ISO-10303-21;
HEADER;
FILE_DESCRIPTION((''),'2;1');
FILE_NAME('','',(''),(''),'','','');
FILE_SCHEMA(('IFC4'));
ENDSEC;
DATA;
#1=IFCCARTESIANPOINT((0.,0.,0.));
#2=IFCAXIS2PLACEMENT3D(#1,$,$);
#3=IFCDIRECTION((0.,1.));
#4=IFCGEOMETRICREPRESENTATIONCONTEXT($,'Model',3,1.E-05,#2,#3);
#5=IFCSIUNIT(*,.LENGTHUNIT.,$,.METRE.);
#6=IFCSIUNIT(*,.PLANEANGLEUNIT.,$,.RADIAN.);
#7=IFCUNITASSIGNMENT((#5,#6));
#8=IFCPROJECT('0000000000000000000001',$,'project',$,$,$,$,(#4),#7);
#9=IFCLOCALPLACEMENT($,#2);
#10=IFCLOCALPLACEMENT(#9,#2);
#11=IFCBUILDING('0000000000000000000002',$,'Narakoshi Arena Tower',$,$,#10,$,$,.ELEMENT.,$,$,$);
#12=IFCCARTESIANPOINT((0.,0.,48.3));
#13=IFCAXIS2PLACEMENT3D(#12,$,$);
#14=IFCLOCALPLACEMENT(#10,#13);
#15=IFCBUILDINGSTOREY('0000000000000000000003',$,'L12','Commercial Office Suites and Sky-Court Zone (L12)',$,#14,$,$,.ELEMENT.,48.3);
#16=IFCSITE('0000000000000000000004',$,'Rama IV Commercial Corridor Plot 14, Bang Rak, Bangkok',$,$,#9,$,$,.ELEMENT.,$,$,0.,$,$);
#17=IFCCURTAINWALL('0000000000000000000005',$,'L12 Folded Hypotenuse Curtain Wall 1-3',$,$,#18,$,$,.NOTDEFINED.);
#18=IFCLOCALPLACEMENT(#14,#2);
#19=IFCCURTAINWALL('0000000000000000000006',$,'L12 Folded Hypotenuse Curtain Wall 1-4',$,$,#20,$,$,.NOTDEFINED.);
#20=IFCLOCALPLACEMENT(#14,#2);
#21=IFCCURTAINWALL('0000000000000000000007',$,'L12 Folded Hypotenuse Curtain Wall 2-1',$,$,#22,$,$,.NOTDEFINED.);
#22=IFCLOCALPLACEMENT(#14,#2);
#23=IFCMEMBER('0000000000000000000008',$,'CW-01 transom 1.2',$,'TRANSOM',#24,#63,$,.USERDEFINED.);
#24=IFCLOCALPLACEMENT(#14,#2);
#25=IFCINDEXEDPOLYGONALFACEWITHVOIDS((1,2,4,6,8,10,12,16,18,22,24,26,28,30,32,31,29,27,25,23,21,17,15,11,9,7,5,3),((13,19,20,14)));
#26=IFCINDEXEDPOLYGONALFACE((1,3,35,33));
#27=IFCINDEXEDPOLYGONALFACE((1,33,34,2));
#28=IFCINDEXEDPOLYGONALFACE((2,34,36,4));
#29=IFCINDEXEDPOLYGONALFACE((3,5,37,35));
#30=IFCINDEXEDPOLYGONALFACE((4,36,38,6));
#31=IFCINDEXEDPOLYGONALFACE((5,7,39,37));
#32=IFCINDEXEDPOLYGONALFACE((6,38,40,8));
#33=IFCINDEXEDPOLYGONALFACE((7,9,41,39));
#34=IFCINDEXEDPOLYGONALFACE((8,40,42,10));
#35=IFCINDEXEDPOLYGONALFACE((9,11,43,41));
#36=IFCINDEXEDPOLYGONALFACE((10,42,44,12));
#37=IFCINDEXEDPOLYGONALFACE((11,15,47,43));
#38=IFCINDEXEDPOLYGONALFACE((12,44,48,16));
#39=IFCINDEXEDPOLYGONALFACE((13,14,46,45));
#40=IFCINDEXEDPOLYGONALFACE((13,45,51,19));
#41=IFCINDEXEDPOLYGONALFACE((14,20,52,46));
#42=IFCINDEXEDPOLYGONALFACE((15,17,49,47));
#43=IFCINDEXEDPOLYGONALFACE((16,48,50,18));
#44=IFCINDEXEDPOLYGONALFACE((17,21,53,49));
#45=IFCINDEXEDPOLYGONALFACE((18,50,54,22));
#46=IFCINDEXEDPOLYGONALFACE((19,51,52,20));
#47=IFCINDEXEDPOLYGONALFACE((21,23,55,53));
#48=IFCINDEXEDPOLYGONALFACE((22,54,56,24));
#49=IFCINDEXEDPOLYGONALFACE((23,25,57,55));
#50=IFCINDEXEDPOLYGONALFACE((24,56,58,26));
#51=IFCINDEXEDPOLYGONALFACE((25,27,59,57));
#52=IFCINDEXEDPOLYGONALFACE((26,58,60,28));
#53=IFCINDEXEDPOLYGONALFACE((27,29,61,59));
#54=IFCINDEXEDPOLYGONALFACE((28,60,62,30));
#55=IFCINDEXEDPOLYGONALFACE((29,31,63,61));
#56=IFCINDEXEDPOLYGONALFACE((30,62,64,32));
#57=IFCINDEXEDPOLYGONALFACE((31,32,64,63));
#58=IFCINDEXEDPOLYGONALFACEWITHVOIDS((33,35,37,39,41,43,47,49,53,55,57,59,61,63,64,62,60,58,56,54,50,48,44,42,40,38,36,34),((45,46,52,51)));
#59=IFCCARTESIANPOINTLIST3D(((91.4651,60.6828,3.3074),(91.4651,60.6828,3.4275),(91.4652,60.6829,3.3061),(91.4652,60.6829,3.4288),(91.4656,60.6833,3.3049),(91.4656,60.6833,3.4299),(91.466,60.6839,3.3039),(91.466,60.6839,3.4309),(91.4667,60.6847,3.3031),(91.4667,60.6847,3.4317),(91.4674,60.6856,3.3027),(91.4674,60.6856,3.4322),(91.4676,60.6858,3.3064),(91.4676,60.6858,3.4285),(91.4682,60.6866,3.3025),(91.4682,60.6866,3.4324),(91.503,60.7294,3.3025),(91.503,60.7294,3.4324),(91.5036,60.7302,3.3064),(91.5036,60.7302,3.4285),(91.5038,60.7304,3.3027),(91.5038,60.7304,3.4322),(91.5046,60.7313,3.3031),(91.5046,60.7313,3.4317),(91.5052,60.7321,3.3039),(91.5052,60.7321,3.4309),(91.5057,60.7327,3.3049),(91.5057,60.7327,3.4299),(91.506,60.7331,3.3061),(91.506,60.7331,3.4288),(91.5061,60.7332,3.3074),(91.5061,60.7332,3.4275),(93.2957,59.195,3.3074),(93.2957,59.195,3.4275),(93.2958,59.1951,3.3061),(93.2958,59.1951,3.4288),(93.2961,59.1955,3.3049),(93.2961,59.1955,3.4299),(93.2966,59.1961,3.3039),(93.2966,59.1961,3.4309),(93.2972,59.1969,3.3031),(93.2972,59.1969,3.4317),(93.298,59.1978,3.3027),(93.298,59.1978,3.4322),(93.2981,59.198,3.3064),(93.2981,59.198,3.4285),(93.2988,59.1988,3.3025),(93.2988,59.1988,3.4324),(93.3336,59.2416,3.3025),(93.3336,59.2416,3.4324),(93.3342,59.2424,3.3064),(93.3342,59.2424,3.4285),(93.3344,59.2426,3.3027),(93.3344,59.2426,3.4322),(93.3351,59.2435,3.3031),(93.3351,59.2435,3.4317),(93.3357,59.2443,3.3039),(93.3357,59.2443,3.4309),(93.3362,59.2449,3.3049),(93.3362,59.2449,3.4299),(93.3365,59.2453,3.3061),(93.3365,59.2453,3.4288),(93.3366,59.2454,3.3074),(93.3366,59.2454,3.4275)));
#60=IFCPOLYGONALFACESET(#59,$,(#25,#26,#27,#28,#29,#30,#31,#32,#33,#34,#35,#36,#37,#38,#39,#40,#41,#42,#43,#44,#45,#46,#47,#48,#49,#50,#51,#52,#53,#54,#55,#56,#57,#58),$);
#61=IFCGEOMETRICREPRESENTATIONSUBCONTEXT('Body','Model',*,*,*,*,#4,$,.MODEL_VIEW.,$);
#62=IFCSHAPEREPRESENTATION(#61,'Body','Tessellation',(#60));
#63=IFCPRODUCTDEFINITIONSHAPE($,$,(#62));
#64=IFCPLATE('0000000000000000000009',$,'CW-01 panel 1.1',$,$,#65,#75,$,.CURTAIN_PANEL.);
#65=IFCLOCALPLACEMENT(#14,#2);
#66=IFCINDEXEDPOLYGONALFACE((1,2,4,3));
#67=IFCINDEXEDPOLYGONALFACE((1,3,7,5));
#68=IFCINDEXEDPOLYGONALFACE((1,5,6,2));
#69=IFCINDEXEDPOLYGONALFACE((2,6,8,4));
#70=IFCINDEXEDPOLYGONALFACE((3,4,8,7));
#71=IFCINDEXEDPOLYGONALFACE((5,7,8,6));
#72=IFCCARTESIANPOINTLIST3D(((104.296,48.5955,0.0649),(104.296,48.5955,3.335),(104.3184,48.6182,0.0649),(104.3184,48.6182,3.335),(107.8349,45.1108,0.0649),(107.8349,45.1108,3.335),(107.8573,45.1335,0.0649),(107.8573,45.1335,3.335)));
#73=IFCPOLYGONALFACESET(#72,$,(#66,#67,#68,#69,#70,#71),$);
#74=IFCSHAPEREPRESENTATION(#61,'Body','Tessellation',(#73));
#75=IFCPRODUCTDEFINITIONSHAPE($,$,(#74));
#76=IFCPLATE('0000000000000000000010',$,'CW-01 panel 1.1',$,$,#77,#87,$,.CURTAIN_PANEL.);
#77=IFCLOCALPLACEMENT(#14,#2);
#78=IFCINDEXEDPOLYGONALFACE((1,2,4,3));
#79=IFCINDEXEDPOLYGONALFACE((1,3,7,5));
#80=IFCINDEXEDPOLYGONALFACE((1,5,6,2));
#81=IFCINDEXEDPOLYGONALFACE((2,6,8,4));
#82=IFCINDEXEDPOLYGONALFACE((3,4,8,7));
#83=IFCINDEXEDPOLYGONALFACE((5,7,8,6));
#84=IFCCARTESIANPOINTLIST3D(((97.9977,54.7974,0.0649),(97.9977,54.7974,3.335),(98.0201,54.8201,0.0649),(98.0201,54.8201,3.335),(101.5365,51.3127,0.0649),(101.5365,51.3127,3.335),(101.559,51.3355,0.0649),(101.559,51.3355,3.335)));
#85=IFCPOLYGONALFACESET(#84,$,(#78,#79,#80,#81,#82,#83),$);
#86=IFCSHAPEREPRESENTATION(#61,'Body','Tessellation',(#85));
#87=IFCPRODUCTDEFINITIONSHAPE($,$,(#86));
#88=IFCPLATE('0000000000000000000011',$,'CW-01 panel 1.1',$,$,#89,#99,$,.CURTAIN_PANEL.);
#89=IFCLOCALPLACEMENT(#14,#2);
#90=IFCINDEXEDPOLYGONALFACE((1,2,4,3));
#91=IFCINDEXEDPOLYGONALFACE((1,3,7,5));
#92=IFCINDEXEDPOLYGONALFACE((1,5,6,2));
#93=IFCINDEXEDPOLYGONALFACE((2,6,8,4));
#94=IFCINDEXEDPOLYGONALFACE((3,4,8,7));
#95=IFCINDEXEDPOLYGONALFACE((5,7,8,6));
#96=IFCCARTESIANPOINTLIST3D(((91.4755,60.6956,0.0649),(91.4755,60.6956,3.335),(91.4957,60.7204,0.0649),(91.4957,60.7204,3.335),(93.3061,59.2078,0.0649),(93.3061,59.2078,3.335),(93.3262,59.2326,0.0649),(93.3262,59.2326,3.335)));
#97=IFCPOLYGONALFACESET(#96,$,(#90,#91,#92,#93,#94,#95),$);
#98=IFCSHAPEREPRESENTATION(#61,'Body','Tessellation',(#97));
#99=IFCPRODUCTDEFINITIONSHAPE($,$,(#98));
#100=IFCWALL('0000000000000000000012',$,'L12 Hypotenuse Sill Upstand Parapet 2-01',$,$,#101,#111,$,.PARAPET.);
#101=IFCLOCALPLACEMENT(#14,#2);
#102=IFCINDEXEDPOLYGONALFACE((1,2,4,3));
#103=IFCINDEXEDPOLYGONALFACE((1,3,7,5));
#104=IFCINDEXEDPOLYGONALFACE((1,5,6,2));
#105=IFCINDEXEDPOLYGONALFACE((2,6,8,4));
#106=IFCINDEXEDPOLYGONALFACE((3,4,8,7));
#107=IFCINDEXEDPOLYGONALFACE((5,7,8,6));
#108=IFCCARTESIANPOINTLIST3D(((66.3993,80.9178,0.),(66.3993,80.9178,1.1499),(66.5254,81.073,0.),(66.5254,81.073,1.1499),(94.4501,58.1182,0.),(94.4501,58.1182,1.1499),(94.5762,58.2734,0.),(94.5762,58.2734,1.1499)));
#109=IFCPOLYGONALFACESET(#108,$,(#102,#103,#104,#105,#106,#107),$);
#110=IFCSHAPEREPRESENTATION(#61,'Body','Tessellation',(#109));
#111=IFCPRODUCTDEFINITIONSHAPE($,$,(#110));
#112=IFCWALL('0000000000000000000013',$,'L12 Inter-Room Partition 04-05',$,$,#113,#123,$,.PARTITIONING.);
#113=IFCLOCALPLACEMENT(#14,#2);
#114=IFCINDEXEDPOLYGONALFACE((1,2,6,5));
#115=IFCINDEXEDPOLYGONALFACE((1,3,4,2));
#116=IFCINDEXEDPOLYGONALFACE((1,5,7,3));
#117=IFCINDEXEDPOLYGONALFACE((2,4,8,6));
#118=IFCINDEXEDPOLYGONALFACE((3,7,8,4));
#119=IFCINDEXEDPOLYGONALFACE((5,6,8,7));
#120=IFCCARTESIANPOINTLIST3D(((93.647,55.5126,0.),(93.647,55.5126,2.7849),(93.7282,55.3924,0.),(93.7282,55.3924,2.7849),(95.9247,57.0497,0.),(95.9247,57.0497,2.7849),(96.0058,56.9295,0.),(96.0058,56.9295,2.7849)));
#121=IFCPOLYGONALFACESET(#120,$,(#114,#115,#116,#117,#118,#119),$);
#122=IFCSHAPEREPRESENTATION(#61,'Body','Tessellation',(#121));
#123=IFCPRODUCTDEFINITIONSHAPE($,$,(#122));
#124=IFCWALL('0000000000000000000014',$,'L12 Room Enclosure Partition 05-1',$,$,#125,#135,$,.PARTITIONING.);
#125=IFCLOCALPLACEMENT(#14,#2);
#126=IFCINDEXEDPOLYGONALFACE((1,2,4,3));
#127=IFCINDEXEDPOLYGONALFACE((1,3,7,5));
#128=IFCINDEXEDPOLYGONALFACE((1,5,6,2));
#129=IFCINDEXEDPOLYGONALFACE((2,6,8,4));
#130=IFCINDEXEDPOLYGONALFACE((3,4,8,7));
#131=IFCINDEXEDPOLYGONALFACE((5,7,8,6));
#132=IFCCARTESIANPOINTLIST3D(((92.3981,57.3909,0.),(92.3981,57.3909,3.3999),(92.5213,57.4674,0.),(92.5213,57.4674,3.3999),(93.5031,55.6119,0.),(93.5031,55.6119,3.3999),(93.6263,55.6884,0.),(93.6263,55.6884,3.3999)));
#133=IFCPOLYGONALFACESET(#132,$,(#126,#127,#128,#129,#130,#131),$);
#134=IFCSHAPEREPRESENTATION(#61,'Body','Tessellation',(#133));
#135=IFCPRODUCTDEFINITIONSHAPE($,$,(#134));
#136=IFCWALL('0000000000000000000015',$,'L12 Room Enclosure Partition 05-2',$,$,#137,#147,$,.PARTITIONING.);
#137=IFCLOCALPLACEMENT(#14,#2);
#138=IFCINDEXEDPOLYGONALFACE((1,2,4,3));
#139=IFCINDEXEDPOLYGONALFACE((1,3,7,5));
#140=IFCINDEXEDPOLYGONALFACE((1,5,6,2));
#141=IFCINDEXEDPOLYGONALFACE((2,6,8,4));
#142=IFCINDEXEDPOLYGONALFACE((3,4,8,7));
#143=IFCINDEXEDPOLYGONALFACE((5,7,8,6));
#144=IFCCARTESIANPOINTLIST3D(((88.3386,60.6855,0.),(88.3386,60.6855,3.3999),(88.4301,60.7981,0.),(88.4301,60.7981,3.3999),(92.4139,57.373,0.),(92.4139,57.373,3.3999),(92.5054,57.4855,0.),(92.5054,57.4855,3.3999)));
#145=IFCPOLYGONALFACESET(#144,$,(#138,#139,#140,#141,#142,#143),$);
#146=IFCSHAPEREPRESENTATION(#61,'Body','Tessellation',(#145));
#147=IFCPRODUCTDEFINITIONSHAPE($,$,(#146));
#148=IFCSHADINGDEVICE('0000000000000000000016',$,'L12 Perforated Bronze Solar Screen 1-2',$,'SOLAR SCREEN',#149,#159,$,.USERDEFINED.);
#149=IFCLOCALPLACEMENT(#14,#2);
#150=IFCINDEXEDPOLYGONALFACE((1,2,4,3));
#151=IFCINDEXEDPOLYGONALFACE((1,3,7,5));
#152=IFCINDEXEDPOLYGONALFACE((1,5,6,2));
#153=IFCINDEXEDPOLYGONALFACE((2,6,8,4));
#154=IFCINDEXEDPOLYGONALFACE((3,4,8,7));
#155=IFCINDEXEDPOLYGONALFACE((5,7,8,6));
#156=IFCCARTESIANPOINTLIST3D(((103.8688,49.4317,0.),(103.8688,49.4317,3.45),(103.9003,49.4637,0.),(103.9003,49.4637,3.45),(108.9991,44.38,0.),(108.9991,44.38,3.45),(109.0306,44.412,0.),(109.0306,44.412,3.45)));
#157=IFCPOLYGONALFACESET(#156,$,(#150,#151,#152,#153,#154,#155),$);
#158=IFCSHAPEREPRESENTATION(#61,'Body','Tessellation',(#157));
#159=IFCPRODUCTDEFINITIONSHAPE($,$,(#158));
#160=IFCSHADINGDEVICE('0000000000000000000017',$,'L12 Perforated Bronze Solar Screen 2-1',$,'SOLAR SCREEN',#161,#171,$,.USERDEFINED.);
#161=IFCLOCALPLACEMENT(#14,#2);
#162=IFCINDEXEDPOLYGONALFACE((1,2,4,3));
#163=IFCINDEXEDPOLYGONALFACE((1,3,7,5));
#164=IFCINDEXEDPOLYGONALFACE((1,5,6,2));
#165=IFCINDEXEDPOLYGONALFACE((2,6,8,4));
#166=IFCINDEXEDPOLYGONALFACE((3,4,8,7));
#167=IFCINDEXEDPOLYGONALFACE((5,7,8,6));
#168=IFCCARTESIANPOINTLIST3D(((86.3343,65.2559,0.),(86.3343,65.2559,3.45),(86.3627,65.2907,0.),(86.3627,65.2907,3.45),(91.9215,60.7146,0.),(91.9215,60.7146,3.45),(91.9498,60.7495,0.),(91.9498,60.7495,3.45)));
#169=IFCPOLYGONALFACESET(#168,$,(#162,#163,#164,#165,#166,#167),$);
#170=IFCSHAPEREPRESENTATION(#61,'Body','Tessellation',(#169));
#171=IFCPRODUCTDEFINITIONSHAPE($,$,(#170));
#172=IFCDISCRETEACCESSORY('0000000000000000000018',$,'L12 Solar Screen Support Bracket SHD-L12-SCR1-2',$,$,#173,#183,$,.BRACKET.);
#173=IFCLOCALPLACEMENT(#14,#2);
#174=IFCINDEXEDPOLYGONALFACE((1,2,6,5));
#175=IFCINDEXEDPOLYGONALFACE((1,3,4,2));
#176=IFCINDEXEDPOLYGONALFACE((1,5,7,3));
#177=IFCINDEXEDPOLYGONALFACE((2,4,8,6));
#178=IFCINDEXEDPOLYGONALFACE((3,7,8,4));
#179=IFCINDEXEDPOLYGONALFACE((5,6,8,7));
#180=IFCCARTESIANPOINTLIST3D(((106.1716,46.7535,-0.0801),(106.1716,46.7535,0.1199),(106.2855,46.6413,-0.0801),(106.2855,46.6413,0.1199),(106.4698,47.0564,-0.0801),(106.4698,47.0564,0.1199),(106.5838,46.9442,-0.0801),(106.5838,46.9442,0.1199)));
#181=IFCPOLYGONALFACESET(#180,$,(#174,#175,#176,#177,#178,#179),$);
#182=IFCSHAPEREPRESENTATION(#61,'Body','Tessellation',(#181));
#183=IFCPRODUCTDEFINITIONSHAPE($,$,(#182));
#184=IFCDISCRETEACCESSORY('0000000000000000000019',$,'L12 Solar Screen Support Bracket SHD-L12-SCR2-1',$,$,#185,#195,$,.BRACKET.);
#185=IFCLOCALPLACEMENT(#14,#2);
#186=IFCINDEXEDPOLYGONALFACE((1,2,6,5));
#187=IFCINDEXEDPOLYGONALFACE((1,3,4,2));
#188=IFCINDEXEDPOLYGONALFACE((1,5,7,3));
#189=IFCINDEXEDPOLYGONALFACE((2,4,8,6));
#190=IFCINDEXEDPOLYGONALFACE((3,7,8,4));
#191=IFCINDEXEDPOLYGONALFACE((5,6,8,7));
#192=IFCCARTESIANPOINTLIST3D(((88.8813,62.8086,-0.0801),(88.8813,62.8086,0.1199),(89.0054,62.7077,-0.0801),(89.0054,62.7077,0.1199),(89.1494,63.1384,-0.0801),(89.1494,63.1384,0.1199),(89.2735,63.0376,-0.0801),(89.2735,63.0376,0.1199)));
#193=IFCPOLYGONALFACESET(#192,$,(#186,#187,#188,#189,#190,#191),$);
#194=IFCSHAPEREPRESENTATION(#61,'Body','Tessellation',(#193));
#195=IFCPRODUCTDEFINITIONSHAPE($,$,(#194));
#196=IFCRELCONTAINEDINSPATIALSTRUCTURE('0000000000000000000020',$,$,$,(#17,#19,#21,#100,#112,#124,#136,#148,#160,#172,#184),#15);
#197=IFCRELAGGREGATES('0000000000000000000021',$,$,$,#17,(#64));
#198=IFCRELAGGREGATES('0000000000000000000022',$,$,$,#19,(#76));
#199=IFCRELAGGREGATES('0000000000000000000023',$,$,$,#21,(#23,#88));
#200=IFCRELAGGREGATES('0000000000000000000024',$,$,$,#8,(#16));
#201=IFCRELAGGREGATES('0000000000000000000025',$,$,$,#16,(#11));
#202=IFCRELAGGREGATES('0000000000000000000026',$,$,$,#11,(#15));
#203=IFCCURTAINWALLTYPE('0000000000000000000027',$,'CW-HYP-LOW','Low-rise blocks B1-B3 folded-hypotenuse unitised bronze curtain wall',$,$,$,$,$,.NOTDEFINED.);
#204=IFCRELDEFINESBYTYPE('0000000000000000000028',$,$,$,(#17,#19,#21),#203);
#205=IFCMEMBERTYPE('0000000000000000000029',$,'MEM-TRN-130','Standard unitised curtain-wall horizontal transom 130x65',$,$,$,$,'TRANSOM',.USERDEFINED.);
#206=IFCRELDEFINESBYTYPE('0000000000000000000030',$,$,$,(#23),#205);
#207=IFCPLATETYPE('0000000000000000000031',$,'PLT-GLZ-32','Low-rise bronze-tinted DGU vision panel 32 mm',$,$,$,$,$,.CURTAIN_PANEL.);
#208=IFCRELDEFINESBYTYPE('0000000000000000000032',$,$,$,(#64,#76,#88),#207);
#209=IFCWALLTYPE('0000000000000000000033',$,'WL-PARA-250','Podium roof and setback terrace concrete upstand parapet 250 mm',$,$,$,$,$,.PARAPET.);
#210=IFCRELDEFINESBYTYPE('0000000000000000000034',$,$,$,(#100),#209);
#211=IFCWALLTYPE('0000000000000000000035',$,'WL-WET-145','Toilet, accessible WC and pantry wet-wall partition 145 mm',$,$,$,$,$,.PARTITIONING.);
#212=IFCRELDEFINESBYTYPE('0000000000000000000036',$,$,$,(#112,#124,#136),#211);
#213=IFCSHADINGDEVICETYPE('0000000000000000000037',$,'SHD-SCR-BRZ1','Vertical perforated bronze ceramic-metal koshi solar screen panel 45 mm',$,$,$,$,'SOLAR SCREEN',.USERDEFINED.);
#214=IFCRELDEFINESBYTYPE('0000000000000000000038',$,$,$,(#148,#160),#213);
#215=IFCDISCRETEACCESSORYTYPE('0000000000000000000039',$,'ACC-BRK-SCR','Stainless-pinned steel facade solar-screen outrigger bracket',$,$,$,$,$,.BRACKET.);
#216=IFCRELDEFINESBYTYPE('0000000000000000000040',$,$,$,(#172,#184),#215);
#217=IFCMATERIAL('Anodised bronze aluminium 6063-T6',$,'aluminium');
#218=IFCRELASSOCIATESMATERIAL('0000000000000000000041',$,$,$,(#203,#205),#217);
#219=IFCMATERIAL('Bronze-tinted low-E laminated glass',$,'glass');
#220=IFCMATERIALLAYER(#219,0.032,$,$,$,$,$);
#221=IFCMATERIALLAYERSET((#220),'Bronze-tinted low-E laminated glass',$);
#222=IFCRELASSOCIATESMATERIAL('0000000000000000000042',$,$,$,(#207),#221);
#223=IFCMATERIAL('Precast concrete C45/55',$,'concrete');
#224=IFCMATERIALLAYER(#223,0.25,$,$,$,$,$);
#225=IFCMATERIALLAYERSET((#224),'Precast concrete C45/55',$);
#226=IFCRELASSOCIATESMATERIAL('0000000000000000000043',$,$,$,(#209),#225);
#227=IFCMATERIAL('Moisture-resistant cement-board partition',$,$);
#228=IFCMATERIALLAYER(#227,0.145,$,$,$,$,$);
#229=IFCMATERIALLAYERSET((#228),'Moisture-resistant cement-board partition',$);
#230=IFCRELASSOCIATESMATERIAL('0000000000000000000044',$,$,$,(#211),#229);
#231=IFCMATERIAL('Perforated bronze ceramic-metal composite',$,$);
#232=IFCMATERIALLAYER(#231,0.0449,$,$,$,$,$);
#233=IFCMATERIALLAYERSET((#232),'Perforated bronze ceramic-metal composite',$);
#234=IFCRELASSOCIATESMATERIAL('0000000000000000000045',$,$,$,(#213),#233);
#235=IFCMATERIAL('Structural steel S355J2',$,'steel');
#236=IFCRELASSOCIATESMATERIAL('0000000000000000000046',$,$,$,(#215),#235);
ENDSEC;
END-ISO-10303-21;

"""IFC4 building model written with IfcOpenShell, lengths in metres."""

from ifc_helpers import new_model, si_unit, direction, frame, frame_2d, origin, origin_2d, place, context, subcontext, project, spatial, rectangle, hollow_rectangle, extrude, material, layer, layer_set, material_profile, profile_set, type_object, element, aggregate, save


model = new_model("IFC4")

# Units and contexts
model_context = context("Model", 3, precision=1e-05, world=origin(), true_north=direction((0.0, 1.0)))
body_context = subcontext(model_context, "Body", "Model", "MODEL_VIEW")
ifc_project = project(units=[si_unit("LENGTHUNIT", "METRE"), si_unit("PLANEANGLEUNIT", "RADIAN")], contexts=[model_context])

# Site, building, storey
site_placement = place(None, origin())
site = spatial("IfcSite", under=ifc_project, at=site_placement, Name="Rama IV Commercial Corridor Plot 14, Bang Rak, Bangkok", CompositionType="ELEMENT", RefElevation=0.0)
building_placement = place(site_placement, origin())
building = spatial("IfcBuilding", under=site, at=building_placement, Name="Narakoshi Arena Tower", CompositionType="ELEMENT")
storey_placement = place(building_placement, frame((0.0, 0.0, 48.3)))
storey = spatial("IfcBuildingStorey", under=building, at=storey_placement, Name="L12", Description="Commercial Office Suites and Sky-Court Zone (L12)", CompositionType="ELEMENT", Elevation=48.3)

# Shared definitions
ifc_material_1 = material(Name="Structural steel S355J2", Category="steel")

# Curtain walls
ifc_material_2 = material(Name="Anodised bronze aluminium 6063-T6", Category="aluminium")
curtain_wall_type = type_object("IfcCurtainWallType", Name="CW-HYP-LOW", Description="Low-rise blocks B1-B3 folded-hypotenuse unitised bronze curtain wall", PredefinedType="NOTDEFINED", material=ifc_material_2)
curtain_wall_1_placement = place(storey_placement, origin())
curtain_wall_1 = element("IfcCurtainWall", 1, at=curtain_wall_1_placement, inside=storey, type_object=curtain_wall_type, Name="L12 Folded Hypotenuse Curtain Wall 1-3", PredefinedType="NOTDEFINED")
curtain_wall_2_placement = place(storey_placement, origin())
curtain_wall_2 = element("IfcCurtainWall", 2, at=curtain_wall_2_placement, inside=storey, type_object=curtain_wall_type, Name="L12 Folded Hypotenuse Curtain Wall 1-4", PredefinedType="NOTDEFINED")
curtain_wall_3_placement = place(storey_placement, origin())
curtain_wall_3 = element("IfcCurtainWall", 3, at=curtain_wall_3_placement, inside=storey, type_object=curtain_wall_type, Name="L12 Folded Hypotenuse Curtain Wall 2-1", PredefinedType="NOTDEFINED")

# Member
ifc_material_profile_1 = material_profile(ifc_material_2, hollow_rectangle(XDim=0.0649, YDim=0.1299, WallThickness=0.0039, OuterFilletRadius=0.0049, at=origin_2d()), Name="TRN130x65x4")
ifc_profile_set_1 = profile_set([ifc_material_profile_1], Name="Anodised bronze aluminium 6063-T6")
member_type_1 = type_object("IfcMemberType", Name="MEM-TRN-130", Description="Standard unitised curtain-wall horizontal transom 130x65", ElementType="TRANSOM", PredefinedType="USERDEFINED", material=ifc_profile_set_1)
member_1_placement = place(storey_placement, frame((93.3162, 59.2202, 3.3674), z_axis=(-0.776019, 0.63071, 0.0), x_axis=(-0.63071, -0.776019, 0.0)))
member_1 = element("IfcMember", 4, at=member_1_placement, type_object=member_type_1, Name="CW-01 transom 1.2", ObjectType="TRANSOM", PredefinedType="USERDEFINED", context=body_context, shape_type="SweptSolid", body=[
    extrude(hollow_rectangle(XDim=0.0649, YDim=0.1299, WallThickness=0.0039, OuterFilletRadius=0.0049, at=origin_2d()), origin(), (0.0, 0.0, 1.0), 2.3589),
])

# Plates
ifc_material_3 = material(Name="Bronze-tinted low-E laminated glass", Category="glass")
ifc_layer_1 = layer(ifc_material_3, 0.032)
ifc_layer_set_1 = layer_set([ifc_layer_1], Name="Bronze-tinted low-E laminated glass")
plate_type = type_object("IfcPlateType", Name="PLT-GLZ-32", Description="Low-rise bronze-tinted DGU vision panel 32 mm", PredefinedType="CURTAIN_PANEL", material=ifc_layer_set_1)
plate_1_placement = place(storey_placement, frame((106.0767, 46.8645, 0.0649), z_axis=(0.0, 0.0, 1.0), x_axis=(-0.712539, 0.701633, 0.0)))
plate_1 = element("IfcPlate", 5, at=plate_1_placement, type_object=plate_type, Name="CW-01 panel 1.1", PredefinedType="CURTAIN_PANEL", context=body_context, shape_type="SweptSolid", body=[
    extrude(rectangle(XDim=4.9666, YDim=0.032, at=origin_2d()), origin(), (0.0, 0.0, 1.0), 3.27),
])
aggregate(curtain_wall_1, [plate_1])
plate_2_placement = place(storey_placement, frame((99.7783, 53.0664, 0.0649), z_axis=(0.0, 0.0, 1.0), x_axis=(-0.712539, 0.701633, 0.0)))
plate_2 = element("IfcPlate", 6, at=plate_2_placement, type_object=plate_type, Name="CW-01 panel 1.1", PredefinedType="CURTAIN_PANEL", context=body_context, shape_type="SweptSolid", body=[
    extrude(rectangle(XDim=4.9666, YDim=0.032, at=origin_2d()), origin(), (0.0, 0.0, 1.0), 3.27),
])
aggregate(curtain_wall_2, [plate_2])
plate_3_placement = place(storey_placement, frame((92.4009, 59.9641, 0.0649), z_axis=(0.0, 0.0, 1.0), x_axis=(-0.776008, 0.630723, 0.0)))
plate_3 = element("IfcPlate", 7, at=plate_3_placement, type_object=plate_type, Name="CW-01 panel 1.1", PredefinedType="CURTAIN_PANEL", context=body_context, shape_type="SweptSolid", body=[
    extrude(rectangle(XDim=2.3589, YDim=0.032, at=origin_2d()), origin(), (0.0, 0.0, 1.0), 3.27),
])
aggregate(curtain_wall_3, [member_1, plate_3])

# Walls
ifc_material_4 = material(Name="Precast concrete C45/55", Category="concrete")
ifc_layer_2 = layer(ifc_material_4, 0.25)
ifc_layer_set_2 = layer_set([ifc_layer_2], Name="Precast concrete C45/55")
wall_type_1 = type_object("IfcWallType", Name="WL-PARA-250", Description="Podium roof and setback terrace concrete upstand parapet 250 mm", PredefinedType="PARAPET", material=ifc_layer_set_2)
wall_1_placement = place(storey_placement, frame((94.5132, 58.1958, 0.0), z_axis=(0.0, 0.0, 1.0), x_axis=(-0.776002, 0.630731, 0.0)))
element("IfcWall", 8, at=wall_1_placement, inside=storey, type_object=wall_type_1, Name="L12 Hypotenuse Sill Upstand Parapet 2-01", PredefinedType="PARAPET", context=body_context, shape_type="SweptSolid", body=[
    extrude(rectangle(XDim=36.1479, YDim=0.2, at=frame_2d((18.074, 0.0))), origin(), (0.0, 0.0, 1.0), 1.1499),
])
ifc_material_5 = material(Name="Moisture-resistant cement-board partition")
ifc_layer_3 = layer(ifc_material_5, 0.145)
ifc_layer_set_3 = layer_set([ifc_layer_3], Name="Moisture-resistant cement-board partition")
wall_type_2 = type_object("IfcWallType", Name="WL-WET-145", Description="Toilet, accessible WC and pantry wet-wall partition 145 mm", PredefinedType="PARTITIONING", material=ifc_layer_set_3)
wall_2_placement = place(storey_placement, frame((93.6875, 55.4524, 0.0), z_axis=(0.0, 0.0, 1.0), x_axis=(0.828893, 0.559407, 0.0)))
element("IfcWall", 9, at=wall_2_placement, inside=storey, type_object=wall_type_2, Name="L12 Inter-Room Partition 04-05", PredefinedType="PARTITIONING", context=body_context, shape_type="SweptSolid", body=[
    extrude(rectangle(XDim=2.7478, YDim=0.145, at=frame_2d((1.374, 0.0))), origin(), (0.0, 0.0, 1.0), 2.7849),
])
wall_3_placement = place(storey_placement, frame((93.5647, 55.6501, 0.0), z_axis=(0.0, 0.0, 1.0), x_axis=(-0.527618, 0.849482, 0.0)))
element("IfcWall", 10, at=wall_3_placement, inside=storey, type_object=wall_type_2, Name="L12 Room Enclosure Partition 05-1", PredefinedType="PARTITIONING", context=body_context, shape_type="SweptSolid", body=[
    extrude(rectangle(XDim=2.0942, YDim=0.145, at=frame_2d((1.0471, 0.0))), origin(), (0.0, 0.0, 1.0), 3.3999),
])
wall_4_placement = place(storey_placement, frame((92.4597, 57.4292, 0.0), z_axis=(0.0, 0.0, 1.0), x_axis=(-0.775983, 0.630754, 0.0)))
element("IfcWall", 11, at=wall_4_placement, inside=storey, type_object=wall_type_2, Name="L12 Room Enclosure Partition 05-2", PredefinedType="PARTITIONING", context=body_context, shape_type="SweptSolid", body=[
    extrude(rectangle(XDim=5.2517, YDim=0.145, at=frame_2d((2.626, 0.0))), origin(), (0.0, 0.0, 1.0), 3.3999),
])

# Shading devices
ifc_material_6 = material(Name="Perforated bronze ceramic-metal composite")
ifc_layer_4 = layer(ifc_material_6, 0.0449)
ifc_layer_set_4 = layer_set([ifc_layer_4], Name="Perforated bronze ceramic-metal composite")
shading_device_type = type_object("IfcShadingDeviceType", Name="SHD-SCR-BRZ1", Description="Vertical perforated bronze ceramic-metal koshi solar screen panel 45 mm", ElementType="SOLAR SCREEN", PredefinedType="USERDEFINED", material=ifc_layer_set_4)
for number, where, z_axis, x_axis, name in (
    (12, (106.4497, 46.9219, 0.0), (0.0, 0.0, 1.0), (-0.712541, 0.701631, 0.0), "L12 Perforated Bronze Solar Screen 1-2"),
    (13, (89.1421, 63.0027, 0.0), (0.0, 0.0, 1.0), (-0.776002, 0.63073, 0.0), "L12 Perforated Bronze Solar Screen 2-1"),
):
    element("IfcShadingDevice", number, at=place(storey_placement, frame(where, z_axis=z_axis, x_axis=x_axis)), inside=storey, type_object=shading_device_type, Name=name, ObjectType="SOLAR SCREEN", PredefinedType="USERDEFINED", context=body_context, shape_type="SweptSolid", body=[
        extrude(rectangle(XDim=7.2, YDim=0.0449, at=origin_2d()), origin(), (0.0, 0.0, 1.0), 3.45),
    ])

# Discrete accessories
discrete_accessory_type = type_object("IfcDiscreteAccessoryType", Name="ACC-BRK-SCR", Description="Stainless-pinned steel facade solar-screen outrigger bracket", PredefinedType="BRACKET", material=ifc_material_1)
for number, where, z_axis, x_axis, name in (
    (14, (106.3777, 46.8489, -0.0801), (0.0, 0.0, 1.0), (-0.712541, 0.701631, 0.0), "L12 Solar Screen Support Bracket SHD-L12-SCR1-2"),
    (15, (89.0774, 62.9231, -0.0801), (0.0, 0.0, 1.0), (-0.776002, 0.63073, 0.0), "L12 Solar Screen Support Bracket SHD-L12-SCR2-1"),
):
    element("IfcDiscreteAccessory", number, at=place(storey_placement, frame(where, z_axis=z_axis, x_axis=x_axis)), inside=storey, type_object=discrete_accessory_type, Name=name, PredefinedType="BRACKET", context=body_context, shape_type="SweptSolid", body=[
        extrude(rectangle(XDim=0.1599, YDim=0.425, at=origin_2d()), origin(), (0.0, 0.0, 1.0), 0.2),
    ])

save(model, "model.ifc")
